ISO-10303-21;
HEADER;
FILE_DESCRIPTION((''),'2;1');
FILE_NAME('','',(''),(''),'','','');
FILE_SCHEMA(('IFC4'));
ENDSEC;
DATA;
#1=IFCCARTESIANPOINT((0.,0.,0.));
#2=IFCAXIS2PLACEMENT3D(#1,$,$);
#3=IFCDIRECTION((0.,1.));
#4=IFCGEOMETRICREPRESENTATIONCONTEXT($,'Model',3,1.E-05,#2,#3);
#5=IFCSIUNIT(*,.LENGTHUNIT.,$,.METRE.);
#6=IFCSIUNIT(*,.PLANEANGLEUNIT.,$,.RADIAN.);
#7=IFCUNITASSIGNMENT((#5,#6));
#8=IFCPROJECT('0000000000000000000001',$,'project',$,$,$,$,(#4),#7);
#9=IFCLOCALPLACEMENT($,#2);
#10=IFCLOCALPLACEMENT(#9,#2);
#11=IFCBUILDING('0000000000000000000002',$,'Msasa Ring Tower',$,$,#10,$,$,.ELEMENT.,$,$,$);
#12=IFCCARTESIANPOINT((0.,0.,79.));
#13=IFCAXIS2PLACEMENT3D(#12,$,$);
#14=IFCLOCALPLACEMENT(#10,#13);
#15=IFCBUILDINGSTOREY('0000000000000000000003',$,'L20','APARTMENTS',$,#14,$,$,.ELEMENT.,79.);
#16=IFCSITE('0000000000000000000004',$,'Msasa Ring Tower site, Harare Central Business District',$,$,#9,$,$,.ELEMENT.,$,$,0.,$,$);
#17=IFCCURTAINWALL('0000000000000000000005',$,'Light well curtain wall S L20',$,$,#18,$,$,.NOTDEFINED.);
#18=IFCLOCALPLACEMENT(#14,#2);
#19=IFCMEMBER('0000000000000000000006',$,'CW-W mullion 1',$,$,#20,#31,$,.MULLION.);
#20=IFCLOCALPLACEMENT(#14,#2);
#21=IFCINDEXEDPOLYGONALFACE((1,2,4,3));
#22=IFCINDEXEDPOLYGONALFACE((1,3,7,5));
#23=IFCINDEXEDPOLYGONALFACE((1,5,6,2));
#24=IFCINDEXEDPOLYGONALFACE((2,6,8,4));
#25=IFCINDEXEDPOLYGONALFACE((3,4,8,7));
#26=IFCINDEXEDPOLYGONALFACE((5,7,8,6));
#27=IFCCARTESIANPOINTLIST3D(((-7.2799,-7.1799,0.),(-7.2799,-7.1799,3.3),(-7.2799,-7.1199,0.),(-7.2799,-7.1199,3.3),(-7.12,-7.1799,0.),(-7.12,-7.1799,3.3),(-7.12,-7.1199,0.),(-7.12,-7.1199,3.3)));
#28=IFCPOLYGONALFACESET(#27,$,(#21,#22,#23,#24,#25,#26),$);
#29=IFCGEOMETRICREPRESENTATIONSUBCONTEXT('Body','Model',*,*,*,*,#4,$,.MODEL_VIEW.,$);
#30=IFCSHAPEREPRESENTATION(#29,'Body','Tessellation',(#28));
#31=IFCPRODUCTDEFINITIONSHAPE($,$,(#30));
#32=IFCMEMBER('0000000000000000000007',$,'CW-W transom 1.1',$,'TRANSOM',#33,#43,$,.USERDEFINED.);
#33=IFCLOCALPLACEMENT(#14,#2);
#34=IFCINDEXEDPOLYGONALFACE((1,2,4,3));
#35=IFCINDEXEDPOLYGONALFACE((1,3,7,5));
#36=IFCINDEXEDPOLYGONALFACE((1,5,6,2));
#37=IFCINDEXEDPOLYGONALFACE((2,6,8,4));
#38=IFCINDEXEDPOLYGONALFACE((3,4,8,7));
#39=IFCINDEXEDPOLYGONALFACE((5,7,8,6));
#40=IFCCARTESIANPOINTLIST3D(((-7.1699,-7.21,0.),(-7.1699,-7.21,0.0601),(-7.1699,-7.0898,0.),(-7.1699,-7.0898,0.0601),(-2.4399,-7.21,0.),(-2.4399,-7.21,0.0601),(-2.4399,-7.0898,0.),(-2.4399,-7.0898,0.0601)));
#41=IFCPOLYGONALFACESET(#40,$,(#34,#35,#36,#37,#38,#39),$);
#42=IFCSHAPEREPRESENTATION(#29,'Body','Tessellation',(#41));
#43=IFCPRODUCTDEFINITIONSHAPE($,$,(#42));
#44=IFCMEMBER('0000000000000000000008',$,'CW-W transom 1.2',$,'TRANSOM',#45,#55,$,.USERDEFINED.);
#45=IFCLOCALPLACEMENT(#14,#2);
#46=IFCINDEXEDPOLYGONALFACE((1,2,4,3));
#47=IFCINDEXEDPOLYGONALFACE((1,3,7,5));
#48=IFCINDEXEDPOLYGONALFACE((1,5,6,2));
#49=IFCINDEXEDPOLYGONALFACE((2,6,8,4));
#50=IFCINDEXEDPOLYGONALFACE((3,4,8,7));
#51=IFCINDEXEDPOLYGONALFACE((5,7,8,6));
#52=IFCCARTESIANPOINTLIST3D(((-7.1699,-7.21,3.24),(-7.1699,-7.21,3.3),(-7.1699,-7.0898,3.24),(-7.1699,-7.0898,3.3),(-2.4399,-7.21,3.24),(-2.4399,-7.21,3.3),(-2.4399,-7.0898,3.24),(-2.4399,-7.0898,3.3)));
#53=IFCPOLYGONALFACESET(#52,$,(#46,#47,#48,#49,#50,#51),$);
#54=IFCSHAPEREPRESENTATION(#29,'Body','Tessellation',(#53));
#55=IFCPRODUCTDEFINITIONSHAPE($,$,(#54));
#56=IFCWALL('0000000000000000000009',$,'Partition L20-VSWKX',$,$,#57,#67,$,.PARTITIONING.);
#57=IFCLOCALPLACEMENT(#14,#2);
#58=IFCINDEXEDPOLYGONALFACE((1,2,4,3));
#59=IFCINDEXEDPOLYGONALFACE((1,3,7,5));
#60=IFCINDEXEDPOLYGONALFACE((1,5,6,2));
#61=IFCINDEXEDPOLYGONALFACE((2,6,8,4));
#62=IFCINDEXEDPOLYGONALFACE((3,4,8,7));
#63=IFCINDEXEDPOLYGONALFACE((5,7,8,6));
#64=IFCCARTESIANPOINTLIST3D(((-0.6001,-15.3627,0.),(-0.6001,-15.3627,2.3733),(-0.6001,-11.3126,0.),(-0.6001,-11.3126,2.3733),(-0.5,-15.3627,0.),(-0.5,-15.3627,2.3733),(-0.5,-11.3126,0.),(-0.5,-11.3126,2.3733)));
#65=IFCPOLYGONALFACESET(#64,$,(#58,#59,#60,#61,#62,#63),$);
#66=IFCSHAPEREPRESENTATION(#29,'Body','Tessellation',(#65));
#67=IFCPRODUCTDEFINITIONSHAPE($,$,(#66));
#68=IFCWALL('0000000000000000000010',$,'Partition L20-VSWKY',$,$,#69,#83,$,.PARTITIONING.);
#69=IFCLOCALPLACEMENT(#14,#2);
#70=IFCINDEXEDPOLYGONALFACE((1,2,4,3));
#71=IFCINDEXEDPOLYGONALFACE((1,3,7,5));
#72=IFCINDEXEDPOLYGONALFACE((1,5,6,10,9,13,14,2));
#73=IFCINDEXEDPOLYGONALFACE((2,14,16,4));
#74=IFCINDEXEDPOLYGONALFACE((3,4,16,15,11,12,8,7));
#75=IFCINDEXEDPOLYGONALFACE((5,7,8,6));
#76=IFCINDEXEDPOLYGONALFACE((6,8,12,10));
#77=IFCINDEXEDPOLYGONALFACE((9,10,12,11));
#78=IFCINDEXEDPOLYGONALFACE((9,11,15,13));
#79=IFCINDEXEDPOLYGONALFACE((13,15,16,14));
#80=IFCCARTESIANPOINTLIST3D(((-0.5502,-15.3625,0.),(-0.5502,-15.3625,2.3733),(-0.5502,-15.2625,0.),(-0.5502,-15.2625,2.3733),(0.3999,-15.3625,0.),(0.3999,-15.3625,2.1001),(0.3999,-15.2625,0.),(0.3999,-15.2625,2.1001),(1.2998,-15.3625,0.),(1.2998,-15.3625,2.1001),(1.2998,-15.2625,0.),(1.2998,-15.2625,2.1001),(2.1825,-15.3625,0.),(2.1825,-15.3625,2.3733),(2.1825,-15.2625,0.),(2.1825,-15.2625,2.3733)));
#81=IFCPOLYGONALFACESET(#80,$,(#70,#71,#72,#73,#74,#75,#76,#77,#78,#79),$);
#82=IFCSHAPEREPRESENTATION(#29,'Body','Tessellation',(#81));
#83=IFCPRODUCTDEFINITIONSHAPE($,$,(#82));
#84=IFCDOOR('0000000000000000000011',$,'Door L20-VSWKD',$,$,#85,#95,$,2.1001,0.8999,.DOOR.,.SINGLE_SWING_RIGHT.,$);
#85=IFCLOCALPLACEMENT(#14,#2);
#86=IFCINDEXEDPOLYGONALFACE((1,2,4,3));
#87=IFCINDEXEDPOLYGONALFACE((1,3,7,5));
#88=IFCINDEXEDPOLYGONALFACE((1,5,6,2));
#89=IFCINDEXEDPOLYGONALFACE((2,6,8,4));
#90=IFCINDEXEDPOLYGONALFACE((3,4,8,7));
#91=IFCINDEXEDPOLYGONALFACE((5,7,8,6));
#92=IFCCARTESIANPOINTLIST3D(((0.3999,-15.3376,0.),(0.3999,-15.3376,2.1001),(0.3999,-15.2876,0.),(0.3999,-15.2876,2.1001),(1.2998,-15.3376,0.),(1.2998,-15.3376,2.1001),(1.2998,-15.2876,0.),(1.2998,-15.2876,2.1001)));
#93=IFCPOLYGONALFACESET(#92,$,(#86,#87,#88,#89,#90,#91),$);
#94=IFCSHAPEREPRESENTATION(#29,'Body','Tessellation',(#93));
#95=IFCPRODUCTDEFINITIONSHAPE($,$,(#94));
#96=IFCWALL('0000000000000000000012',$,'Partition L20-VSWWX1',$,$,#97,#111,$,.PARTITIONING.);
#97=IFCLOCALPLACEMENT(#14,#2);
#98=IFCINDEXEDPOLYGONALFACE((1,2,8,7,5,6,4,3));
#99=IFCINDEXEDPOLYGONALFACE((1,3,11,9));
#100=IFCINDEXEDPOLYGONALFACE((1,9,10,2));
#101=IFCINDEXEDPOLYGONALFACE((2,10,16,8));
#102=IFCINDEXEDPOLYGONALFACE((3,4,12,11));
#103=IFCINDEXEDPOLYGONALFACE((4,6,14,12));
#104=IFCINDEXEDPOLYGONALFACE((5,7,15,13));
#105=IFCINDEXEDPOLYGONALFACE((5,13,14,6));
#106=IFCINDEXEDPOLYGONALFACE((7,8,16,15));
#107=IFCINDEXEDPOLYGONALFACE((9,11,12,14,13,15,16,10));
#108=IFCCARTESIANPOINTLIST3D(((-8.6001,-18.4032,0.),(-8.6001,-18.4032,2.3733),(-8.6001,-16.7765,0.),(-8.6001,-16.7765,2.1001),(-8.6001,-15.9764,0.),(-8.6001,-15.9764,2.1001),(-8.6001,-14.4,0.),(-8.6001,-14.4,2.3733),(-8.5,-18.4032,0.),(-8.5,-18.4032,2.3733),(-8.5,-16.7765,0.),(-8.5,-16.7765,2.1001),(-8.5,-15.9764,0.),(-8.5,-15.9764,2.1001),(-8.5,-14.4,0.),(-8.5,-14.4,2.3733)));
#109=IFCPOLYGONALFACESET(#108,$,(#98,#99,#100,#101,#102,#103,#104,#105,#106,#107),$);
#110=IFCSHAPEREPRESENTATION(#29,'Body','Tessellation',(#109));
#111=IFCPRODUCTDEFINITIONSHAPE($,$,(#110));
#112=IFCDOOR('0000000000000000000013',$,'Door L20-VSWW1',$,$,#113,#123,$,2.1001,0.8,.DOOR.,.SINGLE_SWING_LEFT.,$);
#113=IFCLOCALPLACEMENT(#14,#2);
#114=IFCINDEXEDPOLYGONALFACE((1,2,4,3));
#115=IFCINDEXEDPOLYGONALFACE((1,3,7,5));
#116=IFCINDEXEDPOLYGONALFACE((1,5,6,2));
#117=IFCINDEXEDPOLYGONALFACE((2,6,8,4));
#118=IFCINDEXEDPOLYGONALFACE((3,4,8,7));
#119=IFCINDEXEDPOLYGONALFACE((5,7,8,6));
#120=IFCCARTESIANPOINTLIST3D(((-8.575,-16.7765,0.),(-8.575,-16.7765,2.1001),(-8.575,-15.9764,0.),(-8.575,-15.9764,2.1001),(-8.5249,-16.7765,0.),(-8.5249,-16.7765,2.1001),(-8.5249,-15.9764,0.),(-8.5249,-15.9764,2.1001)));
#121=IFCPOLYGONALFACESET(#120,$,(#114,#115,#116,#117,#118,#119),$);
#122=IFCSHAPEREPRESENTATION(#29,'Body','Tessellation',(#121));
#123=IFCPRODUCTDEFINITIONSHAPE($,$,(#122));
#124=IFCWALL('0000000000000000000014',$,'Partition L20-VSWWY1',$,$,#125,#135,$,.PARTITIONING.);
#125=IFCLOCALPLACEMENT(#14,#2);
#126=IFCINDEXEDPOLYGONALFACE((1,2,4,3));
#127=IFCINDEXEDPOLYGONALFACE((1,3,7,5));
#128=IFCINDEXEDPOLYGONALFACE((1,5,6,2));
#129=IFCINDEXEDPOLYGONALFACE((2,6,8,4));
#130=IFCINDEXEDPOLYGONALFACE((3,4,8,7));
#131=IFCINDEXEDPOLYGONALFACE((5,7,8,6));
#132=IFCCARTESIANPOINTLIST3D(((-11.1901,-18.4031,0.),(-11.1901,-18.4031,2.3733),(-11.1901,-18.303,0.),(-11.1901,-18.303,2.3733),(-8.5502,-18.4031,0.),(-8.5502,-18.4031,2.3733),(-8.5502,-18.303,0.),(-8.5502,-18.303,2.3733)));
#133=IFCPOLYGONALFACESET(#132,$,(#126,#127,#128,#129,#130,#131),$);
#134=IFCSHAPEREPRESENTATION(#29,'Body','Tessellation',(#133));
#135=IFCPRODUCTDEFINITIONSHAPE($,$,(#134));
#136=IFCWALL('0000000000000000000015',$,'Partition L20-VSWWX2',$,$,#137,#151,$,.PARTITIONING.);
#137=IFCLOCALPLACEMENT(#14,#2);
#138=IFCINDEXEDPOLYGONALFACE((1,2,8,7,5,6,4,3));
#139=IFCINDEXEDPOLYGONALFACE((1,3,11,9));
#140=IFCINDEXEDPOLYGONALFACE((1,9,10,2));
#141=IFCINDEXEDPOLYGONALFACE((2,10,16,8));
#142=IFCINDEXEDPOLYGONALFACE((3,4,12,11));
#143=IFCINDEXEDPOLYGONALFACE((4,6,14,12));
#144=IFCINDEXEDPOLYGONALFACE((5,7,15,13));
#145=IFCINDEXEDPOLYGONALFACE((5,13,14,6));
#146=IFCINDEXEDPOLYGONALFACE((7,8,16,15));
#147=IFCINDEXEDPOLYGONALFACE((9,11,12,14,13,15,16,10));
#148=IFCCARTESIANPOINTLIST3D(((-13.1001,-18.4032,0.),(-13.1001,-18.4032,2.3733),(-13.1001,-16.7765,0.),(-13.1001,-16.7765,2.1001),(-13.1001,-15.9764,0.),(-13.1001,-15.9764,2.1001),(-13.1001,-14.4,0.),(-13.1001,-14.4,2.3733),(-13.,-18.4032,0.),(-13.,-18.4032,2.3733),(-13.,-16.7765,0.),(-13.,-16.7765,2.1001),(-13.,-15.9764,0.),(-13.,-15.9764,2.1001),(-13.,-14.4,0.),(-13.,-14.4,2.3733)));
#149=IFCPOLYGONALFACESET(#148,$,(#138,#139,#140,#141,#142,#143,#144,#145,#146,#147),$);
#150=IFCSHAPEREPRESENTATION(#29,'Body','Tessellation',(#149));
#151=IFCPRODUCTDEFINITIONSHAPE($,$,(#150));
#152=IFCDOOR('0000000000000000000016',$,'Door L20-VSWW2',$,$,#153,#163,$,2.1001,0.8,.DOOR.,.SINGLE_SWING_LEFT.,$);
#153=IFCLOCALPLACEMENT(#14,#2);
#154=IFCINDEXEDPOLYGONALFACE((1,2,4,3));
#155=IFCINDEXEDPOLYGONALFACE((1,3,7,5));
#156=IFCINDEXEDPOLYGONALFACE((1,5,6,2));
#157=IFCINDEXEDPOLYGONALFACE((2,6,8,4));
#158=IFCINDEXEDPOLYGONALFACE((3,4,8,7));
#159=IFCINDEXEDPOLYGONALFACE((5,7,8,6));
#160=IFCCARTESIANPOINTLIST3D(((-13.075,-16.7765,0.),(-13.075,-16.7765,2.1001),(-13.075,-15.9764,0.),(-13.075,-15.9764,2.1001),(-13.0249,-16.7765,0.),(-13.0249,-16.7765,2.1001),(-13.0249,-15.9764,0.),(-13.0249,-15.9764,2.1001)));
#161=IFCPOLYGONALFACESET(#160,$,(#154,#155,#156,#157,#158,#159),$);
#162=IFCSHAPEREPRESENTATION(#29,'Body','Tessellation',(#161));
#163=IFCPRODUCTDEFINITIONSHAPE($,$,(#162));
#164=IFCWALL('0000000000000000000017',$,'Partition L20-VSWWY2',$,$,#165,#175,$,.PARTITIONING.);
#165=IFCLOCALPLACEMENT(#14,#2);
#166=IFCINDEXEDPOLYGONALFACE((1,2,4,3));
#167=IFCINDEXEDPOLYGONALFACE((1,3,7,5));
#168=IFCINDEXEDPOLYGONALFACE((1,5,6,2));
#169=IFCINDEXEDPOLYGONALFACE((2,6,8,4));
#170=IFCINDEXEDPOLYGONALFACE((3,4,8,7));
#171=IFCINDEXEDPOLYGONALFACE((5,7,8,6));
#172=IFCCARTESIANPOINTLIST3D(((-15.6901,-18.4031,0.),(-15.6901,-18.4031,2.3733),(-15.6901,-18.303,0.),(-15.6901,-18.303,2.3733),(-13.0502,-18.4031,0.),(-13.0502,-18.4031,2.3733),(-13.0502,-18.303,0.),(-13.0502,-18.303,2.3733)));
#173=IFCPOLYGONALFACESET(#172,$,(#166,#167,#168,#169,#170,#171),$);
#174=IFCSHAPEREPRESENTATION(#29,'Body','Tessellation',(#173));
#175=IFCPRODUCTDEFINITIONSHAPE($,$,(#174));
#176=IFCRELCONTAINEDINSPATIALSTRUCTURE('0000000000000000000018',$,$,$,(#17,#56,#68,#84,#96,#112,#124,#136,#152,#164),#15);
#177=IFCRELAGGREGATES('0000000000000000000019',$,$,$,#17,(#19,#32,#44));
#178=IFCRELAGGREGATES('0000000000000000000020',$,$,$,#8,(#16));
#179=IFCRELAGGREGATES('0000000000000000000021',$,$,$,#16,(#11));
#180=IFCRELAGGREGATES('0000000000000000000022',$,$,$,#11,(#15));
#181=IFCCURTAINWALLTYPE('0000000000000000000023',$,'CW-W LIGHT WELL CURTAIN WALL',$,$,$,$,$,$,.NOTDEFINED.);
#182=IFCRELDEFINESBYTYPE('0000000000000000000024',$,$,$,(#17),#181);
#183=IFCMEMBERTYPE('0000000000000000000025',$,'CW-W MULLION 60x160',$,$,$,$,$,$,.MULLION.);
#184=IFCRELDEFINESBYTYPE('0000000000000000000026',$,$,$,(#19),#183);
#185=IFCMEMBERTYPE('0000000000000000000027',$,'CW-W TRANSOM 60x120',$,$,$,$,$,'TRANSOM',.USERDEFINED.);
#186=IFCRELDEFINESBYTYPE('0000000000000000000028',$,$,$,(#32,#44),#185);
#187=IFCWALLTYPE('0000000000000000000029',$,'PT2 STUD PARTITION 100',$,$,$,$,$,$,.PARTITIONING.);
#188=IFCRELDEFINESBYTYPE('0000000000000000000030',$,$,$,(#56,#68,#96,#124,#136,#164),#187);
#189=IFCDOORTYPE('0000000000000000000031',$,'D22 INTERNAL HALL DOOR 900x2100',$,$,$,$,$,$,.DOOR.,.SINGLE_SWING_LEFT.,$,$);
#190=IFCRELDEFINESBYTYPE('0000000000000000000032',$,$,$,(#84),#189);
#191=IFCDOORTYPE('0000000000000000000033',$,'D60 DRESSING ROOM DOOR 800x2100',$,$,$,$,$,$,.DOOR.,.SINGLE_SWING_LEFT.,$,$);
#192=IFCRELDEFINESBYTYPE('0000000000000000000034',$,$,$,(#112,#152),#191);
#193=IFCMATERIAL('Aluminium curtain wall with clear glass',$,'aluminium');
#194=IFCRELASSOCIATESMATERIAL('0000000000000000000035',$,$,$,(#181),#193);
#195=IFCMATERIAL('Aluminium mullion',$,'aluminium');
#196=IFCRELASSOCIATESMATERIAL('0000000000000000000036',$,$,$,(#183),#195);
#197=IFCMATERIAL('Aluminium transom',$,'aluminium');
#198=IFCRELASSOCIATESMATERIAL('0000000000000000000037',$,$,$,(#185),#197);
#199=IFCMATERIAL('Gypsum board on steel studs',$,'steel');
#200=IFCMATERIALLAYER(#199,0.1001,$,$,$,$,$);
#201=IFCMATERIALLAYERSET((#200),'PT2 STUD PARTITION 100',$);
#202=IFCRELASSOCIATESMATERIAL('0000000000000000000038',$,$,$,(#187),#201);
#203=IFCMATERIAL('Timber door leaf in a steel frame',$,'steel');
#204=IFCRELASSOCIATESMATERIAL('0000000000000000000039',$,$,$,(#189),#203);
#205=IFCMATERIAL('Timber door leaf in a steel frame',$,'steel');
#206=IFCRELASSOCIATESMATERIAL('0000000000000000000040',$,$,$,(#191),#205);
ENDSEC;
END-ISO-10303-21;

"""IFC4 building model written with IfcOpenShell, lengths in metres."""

from ifc_helpers import new_model, si_unit, direction, frame, frame_2d, origin, origin_2d, place, context, subcontext, project, spatial, rectangle, extrude, material, layer, layer_set, material_profile, profile_set, type_object, element, fill, aggregate, save


model = new_model("IFC4")

# Units and contexts
model_context = context("Model", 3, precision=1e-05, world=origin(), true_north=direction((0.0, 1.0)))
body_context = subcontext(model_context, "Body", "Model", "MODEL_VIEW")
ifc_project = project(units=[si_unit("LENGTHUNIT", "METRE"), si_unit("PLANEANGLEUNIT", "RADIAN")], contexts=[model_context])

# Site, building, storey
site_placement = place(None, origin())
site = spatial("IfcSite", under=ifc_project, at=site_placement, Name="Msasa Ring Tower site, Harare Central Business District", CompositionType="ELEMENT", RefElevation=0.0)
building_placement = place(site_placement, origin())
building = spatial("IfcBuilding", under=site, at=building_placement, Name="Msasa Ring Tower", CompositionType="ELEMENT")
storey_placement = place(building_placement, frame((0.0, 0.0, 79.0)))
storey = spatial("IfcBuildingStorey", under=building, at=storey_placement, Name="L20", Description="APARTMENTS", CompositionType="ELEMENT", Elevation=79.0)

# Curtain wall, members
ifc_material_1 = material(Name="Aluminium curtain wall with clear glass", Category="aluminium")
curtain_wall_type = type_object("IfcCurtainWallType", Name="CW-W LIGHT WELL CURTAIN WALL", PredefinedType="NOTDEFINED", material=ifc_material_1)
curtain_wall_placement = place(storey_placement, origin())
curtain_wall = element("IfcCurtainWall", 1, at=curtain_wall_placement, inside=storey, type_object=curtain_wall_type, Name="Light well curtain wall S L20", PredefinedType="NOTDEFINED")
ifc_material_2 = material(Name="Aluminium mullion", Category="aluminium")
ifc_material_profile_1 = material_profile(ifc_material_2, rectangle(XDim=0.0601, YDim=0.1599, at=origin_2d()), Name="AL 60x160")
ifc_profile_set_1 = profile_set([ifc_material_profile_1], Name="Aluminium mullion")
member_type_1 = type_object("IfcMemberType", Name="CW-W MULLION 60x160", PredefinedType="MULLION", material=ifc_profile_set_1)
member_1_placement = place(storey_placement, frame((-7.2, -7.1499, 0.0), z_axis=(0.0, 0.0, 1.0), x_axis=(0.0, 1.0, 0.0)))
member_1 = element("IfcMember", 2, at=member_1_placement, type_object=member_type_1, Name="CW-W mullion 1", PredefinedType="MULLION", context=body_context, shape_type="SweptSolid", body=[
    extrude(rectangle(XDim=0.0601, YDim=0.1599, at=origin_2d()), origin(), (0.0, 0.0, 1.0), 3.3),
])
ifc_material_3 = material(Name="Aluminium transom", Category="aluminium")
ifc_material_profile_2 = material_profile(ifc_material_3, rectangle(XDim=0.1201, YDim=0.0601, at=origin_2d()), Name="AL 60x120")
ifc_profile_set_2 = profile_set([ifc_material_profile_2], Name="Aluminium transom")
member_type_2 = type_object("IfcMemberType", Name="CW-W TRANSOM 60x120", ElementType="TRANSOM", PredefinedType="USERDEFINED", material=ifc_profile_set_2)
member_2_placement = place(storey_placement, frame((-7.1699, -7.1499, 0.03), z_axis=(1.0, 0.0, 0.0), x_axis=(0.0, 1.0, 0.0)))
member_2 = element("IfcMember", 3, at=member_2_placement, type_object=member_type_2, Name="CW-W transom 1.1", ObjectType="TRANSOM", PredefinedType="USERDEFINED", context=body_context, shape_type="SweptSolid", body=[
    extrude(rectangle(XDim=0.1201, YDim=0.0601, at=origin_2d()), origin(), (0.0, 0.0, 1.0), 4.73),
])
member_3_placement = place(storey_placement, frame((-7.1699, -7.1499, 3.27), z_axis=(1.0, 0.0, 0.0), x_axis=(0.0, 1.0, 0.0)))
member_3 = element("IfcMember", 4, at=member_3_placement, type_object=member_type_2, Name="CW-W transom 1.2", ObjectType="TRANSOM", PredefinedType="USERDEFINED", context=body_context, shape_type="SweptSolid", body=[
    extrude(rectangle(XDim=0.1201, YDim=0.0601, at=origin_2d()), origin(), (0.0, 0.0, 1.0), 4.73),
])
aggregate(curtain_wall, [member_1, member_2, member_3])

# Wall
ifc_material_4 = material(Name="Gypsum board on steel studs", Category="steel")
ifc_layer_1 = layer(ifc_material_4, 0.1001)
ifc_layer_set_1 = layer_set([ifc_layer_1], Name="PT2 STUD PARTITION 100")
wall_type_1 = type_object("IfcWallType", Name="PT2 STUD PARTITION 100", PredefinedType="PARTITIONING", material=ifc_layer_set_1)
wall_1_placement = place(storey_placement, frame((-0.55, -15.3625, 0.0), z_axis=(0.0, 0.0, 1.0), x_axis=(0.0, 1.0, 0.0)))
element("IfcWall", 5, at=wall_1_placement, inside=storey, type_object=wall_type_1, Name="Partition L20-VSWKX", PredefinedType="PARTITIONING", context=body_context, shape_type="SweptSolid", body=[
    extrude(rectangle(XDim=4.05, YDim=0.1001, at=frame_2d((2.0249, 0.0))), origin(), (0.0, 0.0, 1.0), 2.3733),
])

# Walls, openings, doors
wall_2_placement = place(storey_placement, frame((-0.55, -15.3125, 0.0), z_axis=(0.0, 0.0, 1.0), x_axis=(1.0, 0.0, 0.0)))
wall_2 = element("IfcWall", 6, at=wall_2_placement, inside=storey, type_object=wall_type_1, Name="Partition L20-VSWKY", PredefinedType="PARTITIONING", context=body_context, shape_type="SweptSolid", body=[
    extrude(rectangle(XDim=2.7327, YDim=0.1001, at=frame_2d((1.3662, 0.0))), origin(), (0.0, 0.0, 1.0), 2.3733),
])
opening_1_placement = place(wall_2_placement, frame((0.95, 0.0, 0.0)))
opening_1 = element("IfcOpeningElement", 7, at=opening_1_placement, cuts=wall_2, PredefinedType="OPENING", context=body_context, shape_type="SweptSolid", body=[
    extrude(rectangle(XDim=0.8999, YDim=2.1001, at=frame_2d((0.45, 1.05))), frame((0.0, 0.0601, 0.0), z_axis=(0.0, -1.0, 0.0), x_axis=(1.0, 0.0, 0.0)), (0.0, 0.0, 1.0), 0.1201),
])
ifc_material_5 = material(Name="Timber door leaf in a steel frame", Category="steel")
door_type_1 = type_object("IfcDoorType", Name="D22 INTERNAL HALL DOOR 900x2100", OperationType="SINGLE_SWING_LEFT", PredefinedType="DOOR", material=ifc_material_5)
door_1_placement = place(opening_1_placement, origin())
door_1 = element("IfcDoor", 8, at=door_1_placement, inside=storey, type_object=door_type_1, Name="Door L20-VSWKD", OperationType="SINGLE_SWING_RIGHT", OverallHeight=2.1001, OverallWidth=0.8999, PredefinedType="DOOR", context=body_context, shape_type="SweptSolid", body=[
    extrude(rectangle(XDim=0.8999, YDim=2.1001, at=frame_2d((0.45, 1.05))), frame((0.0, 0.0249, 0.0), z_axis=(0.0, -1.0, 0.0), x_axis=(1.0, 0.0, 0.0)), (0.0, 0.0, 1.0), 0.05),
])
fill(opening_1, door_1)
wall_3_placement = place(storey_placement, frame((-8.55, -18.4031, 0.0), z_axis=(0.0, 0.0, 1.0), x_axis=(0.0, 1.0, 0.0)))
wall_3 = element("IfcWall", 9, at=wall_3_placement, inside=storey, type_object=wall_type_1, Name="Partition L20-VSWWX1", PredefinedType="PARTITIONING", context=body_context, shape_type="SweptSolid", body=[
    extrude(rectangle(XDim=4.0032, YDim=0.1001, at=frame_2d((2.0015, 0.0))), origin(), (0.0, 0.0, 1.0), 2.3733),
])
opening_2_placement = place(wall_3_placement, frame((1.6267, 0.0, 0.0)))
opening_2 = element("IfcOpeningElement", 10, at=opening_2_placement, cuts=wall_3, PredefinedType="OPENING", context=body_context, shape_type="SweptSolid", body=[
    extrude(rectangle(XDim=0.8, YDim=2.1001, at=frame_2d((0.3999, 1.05))), frame((0.0, 0.0601, 0.0), z_axis=(0.0, -1.0, 0.0), x_axis=(1.0, 0.0, 0.0)), (0.0, 0.0, 1.0), 0.1201),
])
ifc_material_6 = material(Name="Timber door leaf in a steel frame", Category="steel")
door_type_2 = type_object("IfcDoorType", Name="D60 DRESSING ROOM DOOR 800x2100", OperationType="SINGLE_SWING_LEFT", PredefinedType="DOOR", material=ifc_material_6)
door_2_placement = place(opening_2_placement, origin())
door_2 = element("IfcDoor", 11, at=door_2_placement, inside=storey, type_object=door_type_2, Name="Door L20-VSWW1", OperationType="SINGLE_SWING_LEFT", OverallHeight=2.1001, OverallWidth=0.8, PredefinedType="DOOR", context=body_context, shape_type="SweptSolid", body=[
    extrude(rectangle(XDim=0.8, YDim=2.1001, at=frame_2d((0.3999, 1.05))), frame((0.0, 0.0249, 0.0), z_axis=(0.0, -1.0, 0.0), x_axis=(1.0, 0.0, 0.0)), (0.0, 0.0, 1.0), 0.05),
])
fill(opening_2, door_2)

# Wall
wall_4_placement = place(storey_placement, frame((-11.1899, -18.353, 0.0), z_axis=(0.0, 0.0, 1.0), x_axis=(1.0, 0.0, 0.0)))
element("IfcWall", 12, at=wall_4_placement, inside=storey, type_object=wall_type_1, Name="Partition L20-VSWWY1", PredefinedType="PARTITIONING", context=body_context, shape_type="SweptSolid", body=[
    extrude(rectangle(XDim=2.6399, YDim=0.1001, at=frame_2d((1.3198, 0.0))), origin(), (0.0, 0.0, 1.0), 2.3733),
])

# Wall, opening, door
wall_5_placement = place(storey_placement, frame((-13.05, -18.4031, 0.0), z_axis=(0.0, 0.0, 1.0), x_axis=(0.0, 1.0, 0.0)))
wall_5 = element("IfcWall", 13, at=wall_5_placement, inside=storey, type_object=wall_type_1, Name="Partition L20-VSWWX2", PredefinedType="PARTITIONING", context=body_context, shape_type="SweptSolid", body=[
    extrude(rectangle(XDim=4.0032, YDim=0.1001, at=frame_2d((2.0015, 0.0))), origin(), (0.0, 0.0, 1.0), 2.3733),
])
opening_3_placement = place(wall_5_placement, frame((1.6267, 0.0, 0.0)))
opening_3 = element("IfcOpeningElement", 14, at=opening_3_placement, cuts=wall_5, PredefinedType="OPENING", context=body_context, shape_type="SweptSolid", body=[
    extrude(rectangle(XDim=0.8, YDim=2.1001, at=frame_2d((0.3999, 1.05))), frame((0.0, 0.0601, 0.0), z_axis=(0.0, -1.0, 0.0), x_axis=(1.0, 0.0, 0.0)), (0.0, 0.0, 1.0), 0.1201),
])
door_3_placement = place(opening_3_placement, origin())
door_3 = element("IfcDoor", 15, at=door_3_placement, inside=storey, type_object=door_type_2, Name="Door L20-VSWW2", OperationType="SINGLE_SWING_LEFT", OverallHeight=2.1001, OverallWidth=0.8, PredefinedType="DOOR", context=body_context, shape_type="SweptSolid", body=[
    extrude(rectangle(XDim=0.8, YDim=2.1001, at=frame_2d((0.3999, 1.05))), frame((0.0, 0.0249, 0.0), z_axis=(0.0, -1.0, 0.0), x_axis=(1.0, 0.0, 0.0)), (0.0, 0.0, 1.0), 0.05),
])
fill(opening_3, door_3)

# Wall
wall_6_placement = place(storey_placement, frame((-15.6899, -18.353, 0.0), z_axis=(0.0, 0.0, 1.0), x_axis=(1.0, 0.0, 0.0)))
element("IfcWall", 16, at=wall_6_placement, inside=storey, type_object=wall_type_1, Name="Partition L20-VSWWY2", PredefinedType="PARTITIONING", context=body_context, shape_type="SweptSolid", body=[
    extrude(rectangle(XDim=2.6399, YDim=0.1001, at=frame_2d((1.3198, 0.0))), origin(), (0.0, 0.0, 1.0), 2.3733),
])

save(model, "model.ifc")
